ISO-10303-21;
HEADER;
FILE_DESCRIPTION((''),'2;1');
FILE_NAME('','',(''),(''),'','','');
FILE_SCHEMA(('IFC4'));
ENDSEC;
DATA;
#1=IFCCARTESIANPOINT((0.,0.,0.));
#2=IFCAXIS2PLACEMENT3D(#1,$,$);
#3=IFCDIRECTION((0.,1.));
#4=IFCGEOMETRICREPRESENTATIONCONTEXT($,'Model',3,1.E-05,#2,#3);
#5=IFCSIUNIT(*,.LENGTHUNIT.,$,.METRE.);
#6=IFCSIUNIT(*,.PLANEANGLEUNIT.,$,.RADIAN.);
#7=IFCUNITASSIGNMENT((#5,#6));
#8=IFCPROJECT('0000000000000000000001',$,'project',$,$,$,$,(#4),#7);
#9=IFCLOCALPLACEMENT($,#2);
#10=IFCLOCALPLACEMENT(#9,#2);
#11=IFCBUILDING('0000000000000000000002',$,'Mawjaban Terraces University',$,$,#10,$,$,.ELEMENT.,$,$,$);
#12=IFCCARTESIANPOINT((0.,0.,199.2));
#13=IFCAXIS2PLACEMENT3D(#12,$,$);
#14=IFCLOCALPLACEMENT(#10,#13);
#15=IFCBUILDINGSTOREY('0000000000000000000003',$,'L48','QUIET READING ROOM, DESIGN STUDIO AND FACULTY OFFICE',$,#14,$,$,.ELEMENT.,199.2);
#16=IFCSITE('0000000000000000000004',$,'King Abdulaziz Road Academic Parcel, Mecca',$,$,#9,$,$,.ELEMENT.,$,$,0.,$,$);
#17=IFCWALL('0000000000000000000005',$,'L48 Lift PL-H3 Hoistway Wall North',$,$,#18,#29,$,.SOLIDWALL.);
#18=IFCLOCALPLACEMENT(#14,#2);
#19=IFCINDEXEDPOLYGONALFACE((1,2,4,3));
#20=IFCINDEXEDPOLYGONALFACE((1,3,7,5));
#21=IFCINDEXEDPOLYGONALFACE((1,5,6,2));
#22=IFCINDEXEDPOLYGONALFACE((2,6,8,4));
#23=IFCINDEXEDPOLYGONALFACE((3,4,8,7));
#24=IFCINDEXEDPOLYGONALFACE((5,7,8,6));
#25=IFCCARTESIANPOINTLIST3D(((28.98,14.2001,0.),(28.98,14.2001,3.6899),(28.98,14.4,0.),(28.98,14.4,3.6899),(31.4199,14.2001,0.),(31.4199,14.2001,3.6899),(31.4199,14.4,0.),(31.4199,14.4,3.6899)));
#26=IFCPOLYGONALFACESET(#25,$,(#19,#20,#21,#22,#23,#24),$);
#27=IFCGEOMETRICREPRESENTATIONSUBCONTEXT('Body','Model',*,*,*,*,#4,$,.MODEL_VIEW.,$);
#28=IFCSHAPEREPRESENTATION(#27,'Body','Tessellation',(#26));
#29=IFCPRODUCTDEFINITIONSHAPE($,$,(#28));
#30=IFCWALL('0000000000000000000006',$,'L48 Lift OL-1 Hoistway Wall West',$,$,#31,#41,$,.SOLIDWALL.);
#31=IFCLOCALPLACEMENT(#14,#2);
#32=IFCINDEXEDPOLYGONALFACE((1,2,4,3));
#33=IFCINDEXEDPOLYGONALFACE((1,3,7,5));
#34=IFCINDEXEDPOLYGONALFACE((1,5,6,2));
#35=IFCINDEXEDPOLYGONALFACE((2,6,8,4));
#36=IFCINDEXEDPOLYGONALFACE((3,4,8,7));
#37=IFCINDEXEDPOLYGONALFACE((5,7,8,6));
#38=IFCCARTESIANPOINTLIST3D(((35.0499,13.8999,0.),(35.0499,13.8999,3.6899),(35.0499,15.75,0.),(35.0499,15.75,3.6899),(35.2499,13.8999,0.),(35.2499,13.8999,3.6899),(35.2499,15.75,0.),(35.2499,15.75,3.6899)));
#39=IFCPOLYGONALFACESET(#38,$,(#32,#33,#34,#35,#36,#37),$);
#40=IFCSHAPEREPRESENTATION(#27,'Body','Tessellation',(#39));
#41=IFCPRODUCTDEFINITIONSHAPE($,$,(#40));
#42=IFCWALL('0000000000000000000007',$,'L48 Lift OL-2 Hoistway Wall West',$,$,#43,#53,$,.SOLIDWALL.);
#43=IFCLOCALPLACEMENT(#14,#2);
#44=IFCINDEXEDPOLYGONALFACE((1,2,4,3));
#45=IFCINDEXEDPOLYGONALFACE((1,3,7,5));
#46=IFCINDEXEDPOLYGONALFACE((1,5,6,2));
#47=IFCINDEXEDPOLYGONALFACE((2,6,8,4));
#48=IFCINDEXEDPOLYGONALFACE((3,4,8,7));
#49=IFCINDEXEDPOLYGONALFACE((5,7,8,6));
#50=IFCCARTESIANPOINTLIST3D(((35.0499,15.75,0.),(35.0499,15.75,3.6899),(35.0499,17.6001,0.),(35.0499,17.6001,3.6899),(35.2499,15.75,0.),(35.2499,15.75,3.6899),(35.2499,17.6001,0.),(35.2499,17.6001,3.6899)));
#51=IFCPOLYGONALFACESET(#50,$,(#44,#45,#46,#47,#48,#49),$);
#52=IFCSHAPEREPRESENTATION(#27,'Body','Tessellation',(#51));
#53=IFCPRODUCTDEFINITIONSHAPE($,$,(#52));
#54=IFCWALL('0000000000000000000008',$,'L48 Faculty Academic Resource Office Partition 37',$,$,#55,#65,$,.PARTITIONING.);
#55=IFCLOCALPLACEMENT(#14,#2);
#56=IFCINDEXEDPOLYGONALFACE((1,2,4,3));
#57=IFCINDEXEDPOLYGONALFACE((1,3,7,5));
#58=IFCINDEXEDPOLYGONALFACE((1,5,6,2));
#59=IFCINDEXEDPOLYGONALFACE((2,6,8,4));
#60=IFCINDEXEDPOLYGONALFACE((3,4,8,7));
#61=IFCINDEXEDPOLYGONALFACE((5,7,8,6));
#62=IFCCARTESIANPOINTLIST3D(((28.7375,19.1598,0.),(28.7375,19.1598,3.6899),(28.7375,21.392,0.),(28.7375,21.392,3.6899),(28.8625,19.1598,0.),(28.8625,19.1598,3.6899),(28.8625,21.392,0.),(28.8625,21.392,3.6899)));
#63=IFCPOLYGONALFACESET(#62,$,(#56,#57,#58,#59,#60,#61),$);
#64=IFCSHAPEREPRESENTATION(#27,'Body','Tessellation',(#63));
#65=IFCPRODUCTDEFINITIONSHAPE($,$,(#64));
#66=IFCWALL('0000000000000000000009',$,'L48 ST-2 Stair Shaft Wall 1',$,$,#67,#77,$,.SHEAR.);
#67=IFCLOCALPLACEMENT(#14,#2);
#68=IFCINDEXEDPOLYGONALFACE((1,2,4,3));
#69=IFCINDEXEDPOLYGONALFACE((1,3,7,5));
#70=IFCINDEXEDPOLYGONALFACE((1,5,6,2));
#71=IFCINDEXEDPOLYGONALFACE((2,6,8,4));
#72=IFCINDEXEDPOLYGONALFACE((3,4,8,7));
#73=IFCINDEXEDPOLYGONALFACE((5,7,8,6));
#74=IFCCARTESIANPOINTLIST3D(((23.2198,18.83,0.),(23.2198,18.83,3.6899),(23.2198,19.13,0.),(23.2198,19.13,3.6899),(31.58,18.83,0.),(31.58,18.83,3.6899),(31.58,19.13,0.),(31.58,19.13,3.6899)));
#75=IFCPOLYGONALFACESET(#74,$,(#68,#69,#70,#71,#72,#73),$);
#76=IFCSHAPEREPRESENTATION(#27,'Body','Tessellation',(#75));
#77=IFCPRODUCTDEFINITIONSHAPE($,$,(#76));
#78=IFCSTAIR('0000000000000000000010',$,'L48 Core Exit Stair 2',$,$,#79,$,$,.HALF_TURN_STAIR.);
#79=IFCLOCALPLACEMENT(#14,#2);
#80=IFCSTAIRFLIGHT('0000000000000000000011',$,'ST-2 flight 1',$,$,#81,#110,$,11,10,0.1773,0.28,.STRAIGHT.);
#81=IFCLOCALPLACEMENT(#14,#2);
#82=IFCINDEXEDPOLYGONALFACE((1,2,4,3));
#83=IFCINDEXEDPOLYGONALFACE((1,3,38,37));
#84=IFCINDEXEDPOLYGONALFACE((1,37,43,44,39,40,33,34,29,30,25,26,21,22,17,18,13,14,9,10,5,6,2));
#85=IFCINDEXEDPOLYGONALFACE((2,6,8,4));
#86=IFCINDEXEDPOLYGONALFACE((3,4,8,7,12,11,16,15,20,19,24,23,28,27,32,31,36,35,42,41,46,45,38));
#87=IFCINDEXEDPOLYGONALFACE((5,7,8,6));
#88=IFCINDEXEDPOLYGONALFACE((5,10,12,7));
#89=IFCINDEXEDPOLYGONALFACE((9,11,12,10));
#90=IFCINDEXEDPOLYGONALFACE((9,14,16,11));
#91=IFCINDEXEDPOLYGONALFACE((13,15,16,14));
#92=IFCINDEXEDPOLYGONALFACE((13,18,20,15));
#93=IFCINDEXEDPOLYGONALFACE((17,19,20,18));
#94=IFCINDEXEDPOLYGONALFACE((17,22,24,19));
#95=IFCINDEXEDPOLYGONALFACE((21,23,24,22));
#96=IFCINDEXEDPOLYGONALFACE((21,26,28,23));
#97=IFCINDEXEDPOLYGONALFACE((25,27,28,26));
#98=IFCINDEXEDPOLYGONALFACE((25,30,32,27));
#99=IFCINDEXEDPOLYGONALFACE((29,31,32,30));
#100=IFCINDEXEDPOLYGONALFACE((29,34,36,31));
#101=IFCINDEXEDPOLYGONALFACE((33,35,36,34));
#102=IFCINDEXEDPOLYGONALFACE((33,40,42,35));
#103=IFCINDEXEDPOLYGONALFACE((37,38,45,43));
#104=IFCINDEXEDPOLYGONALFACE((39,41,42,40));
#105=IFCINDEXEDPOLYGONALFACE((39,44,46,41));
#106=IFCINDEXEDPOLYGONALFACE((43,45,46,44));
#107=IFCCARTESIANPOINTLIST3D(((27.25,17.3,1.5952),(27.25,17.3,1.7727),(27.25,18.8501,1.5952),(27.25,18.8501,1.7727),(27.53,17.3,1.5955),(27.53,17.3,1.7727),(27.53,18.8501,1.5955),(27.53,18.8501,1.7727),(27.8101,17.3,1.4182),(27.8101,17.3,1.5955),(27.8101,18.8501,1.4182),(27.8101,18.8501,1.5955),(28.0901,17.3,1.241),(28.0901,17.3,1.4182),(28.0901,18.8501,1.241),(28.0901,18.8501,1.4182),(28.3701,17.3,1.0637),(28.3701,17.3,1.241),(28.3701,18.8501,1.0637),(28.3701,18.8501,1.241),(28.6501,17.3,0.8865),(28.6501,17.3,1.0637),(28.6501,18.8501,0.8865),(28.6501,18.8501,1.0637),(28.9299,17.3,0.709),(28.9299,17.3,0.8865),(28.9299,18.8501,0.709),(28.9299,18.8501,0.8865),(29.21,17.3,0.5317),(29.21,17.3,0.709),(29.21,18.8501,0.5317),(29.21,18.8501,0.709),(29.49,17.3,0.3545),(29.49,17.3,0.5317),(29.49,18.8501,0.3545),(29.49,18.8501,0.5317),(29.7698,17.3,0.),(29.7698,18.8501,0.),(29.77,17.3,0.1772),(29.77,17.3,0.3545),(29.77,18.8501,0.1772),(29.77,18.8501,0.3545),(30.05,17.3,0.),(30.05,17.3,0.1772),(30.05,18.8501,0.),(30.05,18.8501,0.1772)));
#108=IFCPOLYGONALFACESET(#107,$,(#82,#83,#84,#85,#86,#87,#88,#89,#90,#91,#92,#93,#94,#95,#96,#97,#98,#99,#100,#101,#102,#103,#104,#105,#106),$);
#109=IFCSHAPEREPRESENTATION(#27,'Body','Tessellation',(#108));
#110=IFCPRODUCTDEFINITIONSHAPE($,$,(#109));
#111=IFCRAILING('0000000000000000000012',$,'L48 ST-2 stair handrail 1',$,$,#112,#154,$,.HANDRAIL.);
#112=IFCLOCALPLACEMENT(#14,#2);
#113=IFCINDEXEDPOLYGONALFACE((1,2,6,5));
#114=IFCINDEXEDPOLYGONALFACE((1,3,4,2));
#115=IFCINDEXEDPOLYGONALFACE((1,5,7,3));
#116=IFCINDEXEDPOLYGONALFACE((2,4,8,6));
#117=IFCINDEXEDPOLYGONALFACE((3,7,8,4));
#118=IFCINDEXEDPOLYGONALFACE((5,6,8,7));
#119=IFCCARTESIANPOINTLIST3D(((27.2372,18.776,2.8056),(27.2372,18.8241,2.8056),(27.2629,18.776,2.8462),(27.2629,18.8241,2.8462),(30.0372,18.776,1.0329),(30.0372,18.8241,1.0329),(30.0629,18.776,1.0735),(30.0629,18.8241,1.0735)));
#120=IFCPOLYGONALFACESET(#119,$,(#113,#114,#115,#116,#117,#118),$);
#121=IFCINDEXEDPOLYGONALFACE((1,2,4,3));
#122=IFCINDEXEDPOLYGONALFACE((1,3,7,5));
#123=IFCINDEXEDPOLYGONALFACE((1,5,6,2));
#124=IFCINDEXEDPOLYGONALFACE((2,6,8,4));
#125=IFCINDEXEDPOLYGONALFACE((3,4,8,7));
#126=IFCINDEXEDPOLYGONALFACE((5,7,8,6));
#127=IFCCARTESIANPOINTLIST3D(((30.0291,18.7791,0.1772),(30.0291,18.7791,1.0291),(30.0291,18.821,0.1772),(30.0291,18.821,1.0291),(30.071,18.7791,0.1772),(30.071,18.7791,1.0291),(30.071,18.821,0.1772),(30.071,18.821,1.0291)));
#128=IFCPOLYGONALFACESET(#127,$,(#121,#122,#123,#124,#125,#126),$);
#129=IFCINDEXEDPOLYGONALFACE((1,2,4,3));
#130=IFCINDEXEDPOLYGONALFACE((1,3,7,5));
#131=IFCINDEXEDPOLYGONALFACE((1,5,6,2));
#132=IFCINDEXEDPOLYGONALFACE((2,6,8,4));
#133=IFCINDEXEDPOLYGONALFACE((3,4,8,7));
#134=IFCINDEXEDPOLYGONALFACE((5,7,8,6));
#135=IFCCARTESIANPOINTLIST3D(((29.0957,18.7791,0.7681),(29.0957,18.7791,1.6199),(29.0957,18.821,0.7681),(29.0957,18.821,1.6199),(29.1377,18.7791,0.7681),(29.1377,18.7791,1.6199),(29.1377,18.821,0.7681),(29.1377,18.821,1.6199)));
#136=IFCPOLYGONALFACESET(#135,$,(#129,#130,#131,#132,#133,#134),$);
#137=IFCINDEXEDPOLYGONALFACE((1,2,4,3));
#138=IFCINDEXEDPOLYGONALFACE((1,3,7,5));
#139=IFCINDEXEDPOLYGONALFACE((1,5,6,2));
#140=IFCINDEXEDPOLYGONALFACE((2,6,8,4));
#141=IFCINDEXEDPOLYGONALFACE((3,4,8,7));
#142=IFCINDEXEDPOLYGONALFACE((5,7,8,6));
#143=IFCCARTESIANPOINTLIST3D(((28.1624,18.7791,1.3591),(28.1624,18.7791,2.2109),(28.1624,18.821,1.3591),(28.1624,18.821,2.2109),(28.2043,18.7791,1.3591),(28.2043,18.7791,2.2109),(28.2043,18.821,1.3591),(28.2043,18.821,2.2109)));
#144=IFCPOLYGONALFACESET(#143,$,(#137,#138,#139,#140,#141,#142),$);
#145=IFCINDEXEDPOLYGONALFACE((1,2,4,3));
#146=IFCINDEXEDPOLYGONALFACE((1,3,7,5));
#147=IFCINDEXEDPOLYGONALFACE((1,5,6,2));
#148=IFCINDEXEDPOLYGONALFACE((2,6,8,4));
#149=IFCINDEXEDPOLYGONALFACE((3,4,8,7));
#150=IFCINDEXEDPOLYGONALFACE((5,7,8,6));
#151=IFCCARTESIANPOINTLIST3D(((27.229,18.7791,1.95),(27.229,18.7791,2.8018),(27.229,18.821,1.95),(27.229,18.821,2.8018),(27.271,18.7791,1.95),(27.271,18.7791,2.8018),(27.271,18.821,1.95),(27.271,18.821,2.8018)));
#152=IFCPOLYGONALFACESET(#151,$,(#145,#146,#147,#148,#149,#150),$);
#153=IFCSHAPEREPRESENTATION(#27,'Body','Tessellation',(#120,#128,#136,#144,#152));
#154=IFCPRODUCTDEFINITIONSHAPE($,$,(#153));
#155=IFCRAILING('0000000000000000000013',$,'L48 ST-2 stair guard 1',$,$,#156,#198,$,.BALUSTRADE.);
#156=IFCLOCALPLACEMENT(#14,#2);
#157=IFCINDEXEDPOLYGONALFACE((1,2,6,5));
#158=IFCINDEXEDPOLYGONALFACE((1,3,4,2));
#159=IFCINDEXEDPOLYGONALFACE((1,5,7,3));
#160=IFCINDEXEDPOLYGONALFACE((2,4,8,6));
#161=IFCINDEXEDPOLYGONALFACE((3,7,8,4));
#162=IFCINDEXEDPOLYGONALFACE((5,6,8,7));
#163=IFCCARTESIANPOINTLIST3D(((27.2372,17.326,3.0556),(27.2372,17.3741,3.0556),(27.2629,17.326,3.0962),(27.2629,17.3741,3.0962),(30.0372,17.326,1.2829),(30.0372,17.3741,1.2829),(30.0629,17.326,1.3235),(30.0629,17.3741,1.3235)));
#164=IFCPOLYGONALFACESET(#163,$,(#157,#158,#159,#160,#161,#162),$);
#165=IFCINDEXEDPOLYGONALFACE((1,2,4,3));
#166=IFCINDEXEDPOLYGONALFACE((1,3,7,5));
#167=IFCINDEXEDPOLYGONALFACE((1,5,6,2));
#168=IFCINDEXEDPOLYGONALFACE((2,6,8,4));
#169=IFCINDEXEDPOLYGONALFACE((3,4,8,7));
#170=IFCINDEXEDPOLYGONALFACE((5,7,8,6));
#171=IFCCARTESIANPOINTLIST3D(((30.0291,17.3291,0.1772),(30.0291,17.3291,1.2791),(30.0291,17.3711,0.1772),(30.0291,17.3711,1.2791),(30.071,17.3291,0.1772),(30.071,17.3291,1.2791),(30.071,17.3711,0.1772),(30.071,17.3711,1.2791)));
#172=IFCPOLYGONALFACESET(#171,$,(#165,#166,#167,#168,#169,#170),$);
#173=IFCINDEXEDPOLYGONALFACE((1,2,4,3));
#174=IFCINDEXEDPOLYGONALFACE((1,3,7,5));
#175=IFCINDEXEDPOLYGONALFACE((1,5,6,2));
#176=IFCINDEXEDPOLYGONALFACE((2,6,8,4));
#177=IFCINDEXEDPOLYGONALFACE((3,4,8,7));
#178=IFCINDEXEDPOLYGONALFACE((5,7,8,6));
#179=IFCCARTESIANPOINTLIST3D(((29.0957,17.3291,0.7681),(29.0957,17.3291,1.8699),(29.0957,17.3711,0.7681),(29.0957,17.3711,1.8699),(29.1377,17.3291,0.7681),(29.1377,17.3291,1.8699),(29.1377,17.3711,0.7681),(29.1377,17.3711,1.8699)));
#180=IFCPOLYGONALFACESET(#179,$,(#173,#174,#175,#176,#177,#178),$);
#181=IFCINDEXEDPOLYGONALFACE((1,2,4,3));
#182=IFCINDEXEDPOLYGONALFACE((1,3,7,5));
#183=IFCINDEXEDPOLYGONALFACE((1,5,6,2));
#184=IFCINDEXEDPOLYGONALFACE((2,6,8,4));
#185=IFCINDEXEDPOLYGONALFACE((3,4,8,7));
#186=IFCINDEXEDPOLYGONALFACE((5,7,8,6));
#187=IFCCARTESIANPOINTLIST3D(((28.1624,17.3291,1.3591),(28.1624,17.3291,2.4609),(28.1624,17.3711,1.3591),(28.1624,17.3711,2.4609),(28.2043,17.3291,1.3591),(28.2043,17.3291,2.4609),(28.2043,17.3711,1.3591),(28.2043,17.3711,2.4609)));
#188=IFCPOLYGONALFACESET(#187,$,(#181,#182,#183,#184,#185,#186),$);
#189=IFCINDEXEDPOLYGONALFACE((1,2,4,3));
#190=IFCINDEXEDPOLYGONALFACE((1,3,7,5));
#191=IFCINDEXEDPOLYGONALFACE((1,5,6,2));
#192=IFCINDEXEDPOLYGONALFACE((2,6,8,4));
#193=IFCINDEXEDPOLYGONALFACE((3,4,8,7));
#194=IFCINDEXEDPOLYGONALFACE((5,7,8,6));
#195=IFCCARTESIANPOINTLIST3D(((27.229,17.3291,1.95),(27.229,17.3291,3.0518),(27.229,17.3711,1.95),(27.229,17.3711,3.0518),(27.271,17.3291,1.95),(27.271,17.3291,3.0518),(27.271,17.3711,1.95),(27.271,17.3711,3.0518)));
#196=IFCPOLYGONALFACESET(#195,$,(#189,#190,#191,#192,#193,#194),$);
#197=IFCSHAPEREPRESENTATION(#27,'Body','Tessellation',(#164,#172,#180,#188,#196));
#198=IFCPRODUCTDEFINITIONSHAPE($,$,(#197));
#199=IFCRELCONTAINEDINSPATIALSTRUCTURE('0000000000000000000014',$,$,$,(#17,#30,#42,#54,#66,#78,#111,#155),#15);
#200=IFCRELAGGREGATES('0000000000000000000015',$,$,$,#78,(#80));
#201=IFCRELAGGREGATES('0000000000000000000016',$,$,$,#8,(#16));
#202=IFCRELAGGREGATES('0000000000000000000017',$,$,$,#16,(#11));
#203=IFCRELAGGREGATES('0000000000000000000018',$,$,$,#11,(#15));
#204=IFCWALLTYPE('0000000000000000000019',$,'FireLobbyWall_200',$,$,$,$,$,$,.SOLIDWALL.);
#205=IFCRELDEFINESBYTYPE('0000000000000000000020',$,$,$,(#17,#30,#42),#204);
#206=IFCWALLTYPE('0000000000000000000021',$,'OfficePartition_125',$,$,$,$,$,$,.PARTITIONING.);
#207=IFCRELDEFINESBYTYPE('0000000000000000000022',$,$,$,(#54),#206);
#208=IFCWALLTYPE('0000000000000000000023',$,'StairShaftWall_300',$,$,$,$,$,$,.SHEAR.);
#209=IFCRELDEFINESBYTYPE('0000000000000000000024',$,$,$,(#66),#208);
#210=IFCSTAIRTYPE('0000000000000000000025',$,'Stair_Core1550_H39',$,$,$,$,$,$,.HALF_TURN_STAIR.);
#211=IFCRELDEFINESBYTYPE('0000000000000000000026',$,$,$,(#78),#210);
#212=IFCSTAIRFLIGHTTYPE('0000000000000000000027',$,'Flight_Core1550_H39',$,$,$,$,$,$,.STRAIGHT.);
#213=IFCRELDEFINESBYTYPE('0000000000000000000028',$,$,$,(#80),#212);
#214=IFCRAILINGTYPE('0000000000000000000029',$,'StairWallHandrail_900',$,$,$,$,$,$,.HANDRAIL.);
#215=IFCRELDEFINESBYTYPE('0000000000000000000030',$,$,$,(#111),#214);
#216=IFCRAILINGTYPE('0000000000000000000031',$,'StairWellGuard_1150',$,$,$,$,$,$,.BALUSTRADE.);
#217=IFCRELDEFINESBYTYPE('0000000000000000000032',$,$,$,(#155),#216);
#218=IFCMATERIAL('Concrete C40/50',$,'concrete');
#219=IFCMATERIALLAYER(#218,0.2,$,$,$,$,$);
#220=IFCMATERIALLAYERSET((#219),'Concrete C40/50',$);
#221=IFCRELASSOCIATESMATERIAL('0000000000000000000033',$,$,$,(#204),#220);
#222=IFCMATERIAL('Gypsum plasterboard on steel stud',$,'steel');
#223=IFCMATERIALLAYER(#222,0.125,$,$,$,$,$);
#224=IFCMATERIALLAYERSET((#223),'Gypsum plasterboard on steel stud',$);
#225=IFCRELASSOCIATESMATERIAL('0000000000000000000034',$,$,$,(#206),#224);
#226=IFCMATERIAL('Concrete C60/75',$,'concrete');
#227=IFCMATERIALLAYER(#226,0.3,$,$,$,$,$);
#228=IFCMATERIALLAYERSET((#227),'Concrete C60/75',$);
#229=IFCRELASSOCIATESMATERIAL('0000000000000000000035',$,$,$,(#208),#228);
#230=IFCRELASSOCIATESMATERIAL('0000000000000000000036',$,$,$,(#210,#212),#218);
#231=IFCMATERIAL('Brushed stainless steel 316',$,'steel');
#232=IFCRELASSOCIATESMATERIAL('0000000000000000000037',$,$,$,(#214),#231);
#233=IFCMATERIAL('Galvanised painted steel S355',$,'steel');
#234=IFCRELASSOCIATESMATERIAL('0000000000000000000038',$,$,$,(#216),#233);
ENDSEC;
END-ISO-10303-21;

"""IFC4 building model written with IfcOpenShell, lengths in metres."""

from ifc_helpers import new_model, si_unit, direction, frame, frame_2d, origin, origin_2d, place, context, subcontext, project, spatial, polyline, rectangle, outline, extrude, material, layer, layer_set, type_object, element, aggregate, save


model = new_model("IFC4")

# Units and contexts
model_context = context("Model", 3, precision=1e-05, world=origin(), true_north=direction((0.0, 1.0)))
body_context = subcontext(model_context, "Body", "Model", "MODEL_VIEW")
ifc_project = project(units=[si_unit("LENGTHUNIT", "METRE"), si_unit("PLANEANGLEUNIT", "RADIAN")], contexts=[model_context])

# Site, building, storey
site_placement = place(None, origin())
site = spatial("IfcSite", under=ifc_project, at=site_placement, Name="King Abdulaziz Road Academic Parcel, Mecca", CompositionType="ELEMENT", RefElevation=0.0)
building_placement = place(site_placement, origin())
building = spatial("IfcBuilding", under=site, at=building_placement, Name="Mawjaban Terraces University", CompositionType="ELEMENT")
storey_placement = place(building_placement, frame((0.0, 0.0, 199.2)))
storey = spatial("IfcBuildingStorey", under=building, at=storey_placement, Name="L48", Description="QUIET READING ROOM, DESIGN STUDIO AND FACULTY OFFICE", CompositionType="ELEMENT", Elevation=199.2)

# Shared definitions
ifc_material_1 = material(Name="Concrete C40/50", Category="concrete")
ifc_layer_1 = layer(ifc_material_1, 0.2)
ifc_layer_set_1 = layer_set([ifc_layer_1], Name="Concrete C40/50")
wall_type_1 = type_object("IfcWallType", Name="FireLobbyWall_200", PredefinedType="SOLIDWALL", material=ifc_layer_set_1)

# Walls
wall_1_placement = place(storey_placement, frame((31.4199, 14.3, 0.0), z_axis=(0.0, 0.0, 1.0), x_axis=(-1.0, 0.0, 0.0)))
element("IfcWall", 1, at=wall_1_placement, inside=storey, type_object=wall_type_1, Name="L48 Lift PL-H3 Hoistway Wall North", PredefinedType="SOLIDWALL", context=body_context, shape_type="SweptSolid", body=[
    extrude(rectangle(XDim=2.4399, YDim=0.2, at=frame_2d((1.22, 0.0))), origin(), (0.0, 0.0, 1.0), 3.6899),
])
for number, where, z_axis, x_axis, name in (
    (2, (35.1499, 15.75, 0.0), (0.0, 0.0, 1.0), (0.0, -1.0, 0.0), "L48 Lift OL-1 Hoistway Wall West"),
    (3, (35.1499, 17.6001, 0.0), (0.0, 0.0, 1.0), (0.0, -1.0, 0.0), "L48 Lift OL-2 Hoistway Wall West"),
):
    element("IfcWall", number, at=place(storey_placement, frame(where, z_axis=z_axis, x_axis=x_axis)), inside=storey, type_object=wall_type_1, Name=name, PredefinedType="SOLIDWALL", context=body_context, shape_type="SweptSolid", body=[
        extrude(rectangle(XDim=1.8501, YDim=0.2, at=frame_2d((0.925, 0.0))), origin(), (0.0, 0.0, 1.0), 3.6899),
    ])
ifc_material_2 = material(Name="Gypsum plasterboard on steel stud", Category="steel")
ifc_layer_2 = layer(ifc_material_2, 0.125)
ifc_layer_set_2 = layer_set([ifc_layer_2], Name="Gypsum plasterboard on steel stud")
wall_type_2 = type_object("IfcWallType", Name="OfficePartition_125", PredefinedType="PARTITIONING", material=ifc_layer_set_2)
wall_2_placement = place(storey_placement, frame((28.8, 21.3921, 0.0), z_axis=(0.0, 0.0, 1.0), x_axis=(0.0, -1.0, 0.0)))
element("IfcWall", 4, at=wall_2_placement, inside=storey, type_object=wall_type_2, Name="L48 Faculty Academic Resource Office Partition 37", PredefinedType="PARTITIONING", context=body_context, shape_type="SweptSolid", body=[
    extrude(rectangle(XDim=2.2322, YDim=0.125, at=frame_2d((1.1162, 0.0))), origin(), (0.0, 0.0, 1.0), 3.6899),
])
ifc_material_3 = material(Name="Concrete C60/75", Category="concrete")
ifc_layer_3 = layer(ifc_material_3, 0.3)
ifc_layer_set_3 = layer_set([ifc_layer_3], Name="Concrete C60/75")
wall_type_3 = type_object("IfcWallType", Name="StairShaftWall_300", PredefinedType="SHEAR", material=ifc_layer_set_3)
wall_3_placement = place(storey_placement, frame((31.5801, 18.98, 0.0), z_axis=(0.0, 0.0, 1.0), x_axis=(-1.0, 0.0, 0.0)))
element("IfcWall", 5, at=wall_3_placement, inside=storey, type_object=wall_type_3, Name="L48 ST-2 Stair Shaft Wall 1", PredefinedType="SHEAR", context=body_context, shape_type="SweptSolid", body=[
    extrude(rectangle(XDim=8.3601, YDim=0.3, at=frame_2d((4.1802, 0.0))), origin(), (0.0, 0.0, 1.0), 3.6899),
])

# Stair, stair flight
stair_type = type_object("IfcStairType", Name="Stair_Core1550_H39", PredefinedType="HALF_TURN_STAIR", material=ifc_material_1)
stair_placement = place(storey_placement, origin())
stair = element("IfcStair", 6, at=stair_placement, inside=storey, type_object=stair_type, Name="L48 Core Exit Stair 2", PredefinedType="HALF_TURN_STAIR")
stair_flight_type = type_object("IfcStairFlightType", Name="Flight_Core1550_H39", PredefinedType="STRAIGHT", material=ifc_material_1)
stair_flight_placement = place(storey_placement, frame((30.05, 18.075, 0.0), z_axis=(0.0, 0.0, 1.0), x_axis=(-1.0, 0.0, 0.0)))
stair_flight = element("IfcStairFlight", 7, at=stair_flight_placement, type_object=stair_flight_type, Name="ST-2 flight 1", NumberOfRisers=11, NumberOfTreads=10, PredefinedType="STRAIGHT", RiserHeight=0.1773, TreadLength=0.28, context=body_context, shape_type="SweptSolid", body=[
    extrude(outline(polyline([(0.0, 0.0), (0.0, 0.1772), (0.28, 0.1772), (0.28, 0.3545), (0.5601, 0.3545), (0.5601, 0.5317), (0.8401, 0.5317), (0.8401, 0.709), (1.1201, 0.709), (1.1201, 0.8865), (1.3999, 0.8865), (1.3999, 1.0637), (1.6799, 1.0637), (1.6799, 1.241), (1.96, 1.241), (1.96, 1.4182), (2.24, 1.4182), (2.24, 1.5955), (2.52, 1.5955), (2.52, 1.7727), (2.8, 1.7727), (2.8, 1.95), (2.8, 1.5952), (0.2803, 0.0), (0.0, 0.0)])), frame((0.0, 0.7749, 0.0), z_axis=(0.0, -1.0, 0.0), x_axis=(1.0, 0.0, 0.0)), (0.0, 0.0, 1.0), 1.55),
])
aggregate(stair, [stair_flight])

# Railings
ifc_material_4 = material(Name="Brushed stainless steel 316", Category="steel")
railing_type_1 = type_object("IfcRailingType", Name="StairWallHandrail_900", PredefinedType="HANDRAIL", material=ifc_material_4)
railing_1_placement = place(storey_placement, frame((30.05, 18.8, 0.1772)))
element("IfcRailing", 8, at=railing_1_placement, inside=storey, type_object=railing_type_1, Name="L48 ST-2 stair handrail 1", PredefinedType="HANDRAIL", context=body_context, shape_type="SweptSolid", body=[
    extrude(rectangle(XDim=0.0481, YDim=0.0481, at=origin_2d()), frame((0.0, 0.0, 0.876), z_axis=(-0.844909, 0.0, 0.53491), x_axis=(0.0, -1.0, 0.0)), (0.0, 0.0, 1.0), 3.314),
    extrude(rectangle(XDim=0.042, YDim=0.042, at=origin_2d()), origin(), (0.0, 0.0, 1.0), 0.8518),
    extrude(rectangle(XDim=0.042, YDim=0.042, at=origin_2d()), frame((-0.9333, 0.0, 0.5908)), (0.0, 0.0, 1.0), 0.8518),
    extrude(rectangle(XDim=0.042, YDim=0.042, at=origin_2d()), frame((-1.8667, 0.0, 1.1819)), (0.0, 0.0, 1.0), 0.8518),
    extrude(rectangle(XDim=0.042, YDim=0.042, at=origin_2d()), frame((-2.8, 0.0, 1.7727)), (0.0, 0.0, 1.0), 0.8518),
])
ifc_material_5 = material(Name="Galvanised painted steel S355", Category="steel")
railing_type_2 = type_object("IfcRailingType", Name="StairWellGuard_1150", PredefinedType="BALUSTRADE", material=ifc_material_5)
railing_2_placement = place(storey_placement, frame((30.05, 17.3501, 0.1772)))
element("IfcRailing", 9, at=railing_2_placement, inside=storey, type_object=railing_type_2, Name="L48 ST-2 stair guard 1", PredefinedType="BALUSTRADE", context=body_context, shape_type="SweptSolid", body=[
    extrude(rectangle(XDim=0.0481, YDim=0.0481, at=origin_2d()), frame((0.0, 0.0, 1.126), z_axis=(-0.844909, 0.0, 0.53491), x_axis=(0.0, -1.0, 0.0)), (0.0, 0.0, 1.0), 3.314),
    extrude(rectangle(XDim=0.042, YDim=0.042, at=origin_2d()), origin(), (0.0, 0.0, 1.0), 1.1018),
    extrude(rectangle(XDim=0.042, YDim=0.042, at=origin_2d()), frame((-0.9333, 0.0, 0.5908)), (0.0, 0.0, 1.0), 1.1018),
    extrude(rectangle(XDim=0.042, YDim=0.042, at=origin_2d()), frame((-1.8667, 0.0, 1.1819)), (0.0, 0.0, 1.0), 1.1018),
    extrude(rectangle(XDim=0.042, YDim=0.042, at=origin_2d()), frame((-2.8, 0.0, 1.7727)), (0.0, 0.0, 1.0), 1.1018),
])

save(model, "model.ifc")
